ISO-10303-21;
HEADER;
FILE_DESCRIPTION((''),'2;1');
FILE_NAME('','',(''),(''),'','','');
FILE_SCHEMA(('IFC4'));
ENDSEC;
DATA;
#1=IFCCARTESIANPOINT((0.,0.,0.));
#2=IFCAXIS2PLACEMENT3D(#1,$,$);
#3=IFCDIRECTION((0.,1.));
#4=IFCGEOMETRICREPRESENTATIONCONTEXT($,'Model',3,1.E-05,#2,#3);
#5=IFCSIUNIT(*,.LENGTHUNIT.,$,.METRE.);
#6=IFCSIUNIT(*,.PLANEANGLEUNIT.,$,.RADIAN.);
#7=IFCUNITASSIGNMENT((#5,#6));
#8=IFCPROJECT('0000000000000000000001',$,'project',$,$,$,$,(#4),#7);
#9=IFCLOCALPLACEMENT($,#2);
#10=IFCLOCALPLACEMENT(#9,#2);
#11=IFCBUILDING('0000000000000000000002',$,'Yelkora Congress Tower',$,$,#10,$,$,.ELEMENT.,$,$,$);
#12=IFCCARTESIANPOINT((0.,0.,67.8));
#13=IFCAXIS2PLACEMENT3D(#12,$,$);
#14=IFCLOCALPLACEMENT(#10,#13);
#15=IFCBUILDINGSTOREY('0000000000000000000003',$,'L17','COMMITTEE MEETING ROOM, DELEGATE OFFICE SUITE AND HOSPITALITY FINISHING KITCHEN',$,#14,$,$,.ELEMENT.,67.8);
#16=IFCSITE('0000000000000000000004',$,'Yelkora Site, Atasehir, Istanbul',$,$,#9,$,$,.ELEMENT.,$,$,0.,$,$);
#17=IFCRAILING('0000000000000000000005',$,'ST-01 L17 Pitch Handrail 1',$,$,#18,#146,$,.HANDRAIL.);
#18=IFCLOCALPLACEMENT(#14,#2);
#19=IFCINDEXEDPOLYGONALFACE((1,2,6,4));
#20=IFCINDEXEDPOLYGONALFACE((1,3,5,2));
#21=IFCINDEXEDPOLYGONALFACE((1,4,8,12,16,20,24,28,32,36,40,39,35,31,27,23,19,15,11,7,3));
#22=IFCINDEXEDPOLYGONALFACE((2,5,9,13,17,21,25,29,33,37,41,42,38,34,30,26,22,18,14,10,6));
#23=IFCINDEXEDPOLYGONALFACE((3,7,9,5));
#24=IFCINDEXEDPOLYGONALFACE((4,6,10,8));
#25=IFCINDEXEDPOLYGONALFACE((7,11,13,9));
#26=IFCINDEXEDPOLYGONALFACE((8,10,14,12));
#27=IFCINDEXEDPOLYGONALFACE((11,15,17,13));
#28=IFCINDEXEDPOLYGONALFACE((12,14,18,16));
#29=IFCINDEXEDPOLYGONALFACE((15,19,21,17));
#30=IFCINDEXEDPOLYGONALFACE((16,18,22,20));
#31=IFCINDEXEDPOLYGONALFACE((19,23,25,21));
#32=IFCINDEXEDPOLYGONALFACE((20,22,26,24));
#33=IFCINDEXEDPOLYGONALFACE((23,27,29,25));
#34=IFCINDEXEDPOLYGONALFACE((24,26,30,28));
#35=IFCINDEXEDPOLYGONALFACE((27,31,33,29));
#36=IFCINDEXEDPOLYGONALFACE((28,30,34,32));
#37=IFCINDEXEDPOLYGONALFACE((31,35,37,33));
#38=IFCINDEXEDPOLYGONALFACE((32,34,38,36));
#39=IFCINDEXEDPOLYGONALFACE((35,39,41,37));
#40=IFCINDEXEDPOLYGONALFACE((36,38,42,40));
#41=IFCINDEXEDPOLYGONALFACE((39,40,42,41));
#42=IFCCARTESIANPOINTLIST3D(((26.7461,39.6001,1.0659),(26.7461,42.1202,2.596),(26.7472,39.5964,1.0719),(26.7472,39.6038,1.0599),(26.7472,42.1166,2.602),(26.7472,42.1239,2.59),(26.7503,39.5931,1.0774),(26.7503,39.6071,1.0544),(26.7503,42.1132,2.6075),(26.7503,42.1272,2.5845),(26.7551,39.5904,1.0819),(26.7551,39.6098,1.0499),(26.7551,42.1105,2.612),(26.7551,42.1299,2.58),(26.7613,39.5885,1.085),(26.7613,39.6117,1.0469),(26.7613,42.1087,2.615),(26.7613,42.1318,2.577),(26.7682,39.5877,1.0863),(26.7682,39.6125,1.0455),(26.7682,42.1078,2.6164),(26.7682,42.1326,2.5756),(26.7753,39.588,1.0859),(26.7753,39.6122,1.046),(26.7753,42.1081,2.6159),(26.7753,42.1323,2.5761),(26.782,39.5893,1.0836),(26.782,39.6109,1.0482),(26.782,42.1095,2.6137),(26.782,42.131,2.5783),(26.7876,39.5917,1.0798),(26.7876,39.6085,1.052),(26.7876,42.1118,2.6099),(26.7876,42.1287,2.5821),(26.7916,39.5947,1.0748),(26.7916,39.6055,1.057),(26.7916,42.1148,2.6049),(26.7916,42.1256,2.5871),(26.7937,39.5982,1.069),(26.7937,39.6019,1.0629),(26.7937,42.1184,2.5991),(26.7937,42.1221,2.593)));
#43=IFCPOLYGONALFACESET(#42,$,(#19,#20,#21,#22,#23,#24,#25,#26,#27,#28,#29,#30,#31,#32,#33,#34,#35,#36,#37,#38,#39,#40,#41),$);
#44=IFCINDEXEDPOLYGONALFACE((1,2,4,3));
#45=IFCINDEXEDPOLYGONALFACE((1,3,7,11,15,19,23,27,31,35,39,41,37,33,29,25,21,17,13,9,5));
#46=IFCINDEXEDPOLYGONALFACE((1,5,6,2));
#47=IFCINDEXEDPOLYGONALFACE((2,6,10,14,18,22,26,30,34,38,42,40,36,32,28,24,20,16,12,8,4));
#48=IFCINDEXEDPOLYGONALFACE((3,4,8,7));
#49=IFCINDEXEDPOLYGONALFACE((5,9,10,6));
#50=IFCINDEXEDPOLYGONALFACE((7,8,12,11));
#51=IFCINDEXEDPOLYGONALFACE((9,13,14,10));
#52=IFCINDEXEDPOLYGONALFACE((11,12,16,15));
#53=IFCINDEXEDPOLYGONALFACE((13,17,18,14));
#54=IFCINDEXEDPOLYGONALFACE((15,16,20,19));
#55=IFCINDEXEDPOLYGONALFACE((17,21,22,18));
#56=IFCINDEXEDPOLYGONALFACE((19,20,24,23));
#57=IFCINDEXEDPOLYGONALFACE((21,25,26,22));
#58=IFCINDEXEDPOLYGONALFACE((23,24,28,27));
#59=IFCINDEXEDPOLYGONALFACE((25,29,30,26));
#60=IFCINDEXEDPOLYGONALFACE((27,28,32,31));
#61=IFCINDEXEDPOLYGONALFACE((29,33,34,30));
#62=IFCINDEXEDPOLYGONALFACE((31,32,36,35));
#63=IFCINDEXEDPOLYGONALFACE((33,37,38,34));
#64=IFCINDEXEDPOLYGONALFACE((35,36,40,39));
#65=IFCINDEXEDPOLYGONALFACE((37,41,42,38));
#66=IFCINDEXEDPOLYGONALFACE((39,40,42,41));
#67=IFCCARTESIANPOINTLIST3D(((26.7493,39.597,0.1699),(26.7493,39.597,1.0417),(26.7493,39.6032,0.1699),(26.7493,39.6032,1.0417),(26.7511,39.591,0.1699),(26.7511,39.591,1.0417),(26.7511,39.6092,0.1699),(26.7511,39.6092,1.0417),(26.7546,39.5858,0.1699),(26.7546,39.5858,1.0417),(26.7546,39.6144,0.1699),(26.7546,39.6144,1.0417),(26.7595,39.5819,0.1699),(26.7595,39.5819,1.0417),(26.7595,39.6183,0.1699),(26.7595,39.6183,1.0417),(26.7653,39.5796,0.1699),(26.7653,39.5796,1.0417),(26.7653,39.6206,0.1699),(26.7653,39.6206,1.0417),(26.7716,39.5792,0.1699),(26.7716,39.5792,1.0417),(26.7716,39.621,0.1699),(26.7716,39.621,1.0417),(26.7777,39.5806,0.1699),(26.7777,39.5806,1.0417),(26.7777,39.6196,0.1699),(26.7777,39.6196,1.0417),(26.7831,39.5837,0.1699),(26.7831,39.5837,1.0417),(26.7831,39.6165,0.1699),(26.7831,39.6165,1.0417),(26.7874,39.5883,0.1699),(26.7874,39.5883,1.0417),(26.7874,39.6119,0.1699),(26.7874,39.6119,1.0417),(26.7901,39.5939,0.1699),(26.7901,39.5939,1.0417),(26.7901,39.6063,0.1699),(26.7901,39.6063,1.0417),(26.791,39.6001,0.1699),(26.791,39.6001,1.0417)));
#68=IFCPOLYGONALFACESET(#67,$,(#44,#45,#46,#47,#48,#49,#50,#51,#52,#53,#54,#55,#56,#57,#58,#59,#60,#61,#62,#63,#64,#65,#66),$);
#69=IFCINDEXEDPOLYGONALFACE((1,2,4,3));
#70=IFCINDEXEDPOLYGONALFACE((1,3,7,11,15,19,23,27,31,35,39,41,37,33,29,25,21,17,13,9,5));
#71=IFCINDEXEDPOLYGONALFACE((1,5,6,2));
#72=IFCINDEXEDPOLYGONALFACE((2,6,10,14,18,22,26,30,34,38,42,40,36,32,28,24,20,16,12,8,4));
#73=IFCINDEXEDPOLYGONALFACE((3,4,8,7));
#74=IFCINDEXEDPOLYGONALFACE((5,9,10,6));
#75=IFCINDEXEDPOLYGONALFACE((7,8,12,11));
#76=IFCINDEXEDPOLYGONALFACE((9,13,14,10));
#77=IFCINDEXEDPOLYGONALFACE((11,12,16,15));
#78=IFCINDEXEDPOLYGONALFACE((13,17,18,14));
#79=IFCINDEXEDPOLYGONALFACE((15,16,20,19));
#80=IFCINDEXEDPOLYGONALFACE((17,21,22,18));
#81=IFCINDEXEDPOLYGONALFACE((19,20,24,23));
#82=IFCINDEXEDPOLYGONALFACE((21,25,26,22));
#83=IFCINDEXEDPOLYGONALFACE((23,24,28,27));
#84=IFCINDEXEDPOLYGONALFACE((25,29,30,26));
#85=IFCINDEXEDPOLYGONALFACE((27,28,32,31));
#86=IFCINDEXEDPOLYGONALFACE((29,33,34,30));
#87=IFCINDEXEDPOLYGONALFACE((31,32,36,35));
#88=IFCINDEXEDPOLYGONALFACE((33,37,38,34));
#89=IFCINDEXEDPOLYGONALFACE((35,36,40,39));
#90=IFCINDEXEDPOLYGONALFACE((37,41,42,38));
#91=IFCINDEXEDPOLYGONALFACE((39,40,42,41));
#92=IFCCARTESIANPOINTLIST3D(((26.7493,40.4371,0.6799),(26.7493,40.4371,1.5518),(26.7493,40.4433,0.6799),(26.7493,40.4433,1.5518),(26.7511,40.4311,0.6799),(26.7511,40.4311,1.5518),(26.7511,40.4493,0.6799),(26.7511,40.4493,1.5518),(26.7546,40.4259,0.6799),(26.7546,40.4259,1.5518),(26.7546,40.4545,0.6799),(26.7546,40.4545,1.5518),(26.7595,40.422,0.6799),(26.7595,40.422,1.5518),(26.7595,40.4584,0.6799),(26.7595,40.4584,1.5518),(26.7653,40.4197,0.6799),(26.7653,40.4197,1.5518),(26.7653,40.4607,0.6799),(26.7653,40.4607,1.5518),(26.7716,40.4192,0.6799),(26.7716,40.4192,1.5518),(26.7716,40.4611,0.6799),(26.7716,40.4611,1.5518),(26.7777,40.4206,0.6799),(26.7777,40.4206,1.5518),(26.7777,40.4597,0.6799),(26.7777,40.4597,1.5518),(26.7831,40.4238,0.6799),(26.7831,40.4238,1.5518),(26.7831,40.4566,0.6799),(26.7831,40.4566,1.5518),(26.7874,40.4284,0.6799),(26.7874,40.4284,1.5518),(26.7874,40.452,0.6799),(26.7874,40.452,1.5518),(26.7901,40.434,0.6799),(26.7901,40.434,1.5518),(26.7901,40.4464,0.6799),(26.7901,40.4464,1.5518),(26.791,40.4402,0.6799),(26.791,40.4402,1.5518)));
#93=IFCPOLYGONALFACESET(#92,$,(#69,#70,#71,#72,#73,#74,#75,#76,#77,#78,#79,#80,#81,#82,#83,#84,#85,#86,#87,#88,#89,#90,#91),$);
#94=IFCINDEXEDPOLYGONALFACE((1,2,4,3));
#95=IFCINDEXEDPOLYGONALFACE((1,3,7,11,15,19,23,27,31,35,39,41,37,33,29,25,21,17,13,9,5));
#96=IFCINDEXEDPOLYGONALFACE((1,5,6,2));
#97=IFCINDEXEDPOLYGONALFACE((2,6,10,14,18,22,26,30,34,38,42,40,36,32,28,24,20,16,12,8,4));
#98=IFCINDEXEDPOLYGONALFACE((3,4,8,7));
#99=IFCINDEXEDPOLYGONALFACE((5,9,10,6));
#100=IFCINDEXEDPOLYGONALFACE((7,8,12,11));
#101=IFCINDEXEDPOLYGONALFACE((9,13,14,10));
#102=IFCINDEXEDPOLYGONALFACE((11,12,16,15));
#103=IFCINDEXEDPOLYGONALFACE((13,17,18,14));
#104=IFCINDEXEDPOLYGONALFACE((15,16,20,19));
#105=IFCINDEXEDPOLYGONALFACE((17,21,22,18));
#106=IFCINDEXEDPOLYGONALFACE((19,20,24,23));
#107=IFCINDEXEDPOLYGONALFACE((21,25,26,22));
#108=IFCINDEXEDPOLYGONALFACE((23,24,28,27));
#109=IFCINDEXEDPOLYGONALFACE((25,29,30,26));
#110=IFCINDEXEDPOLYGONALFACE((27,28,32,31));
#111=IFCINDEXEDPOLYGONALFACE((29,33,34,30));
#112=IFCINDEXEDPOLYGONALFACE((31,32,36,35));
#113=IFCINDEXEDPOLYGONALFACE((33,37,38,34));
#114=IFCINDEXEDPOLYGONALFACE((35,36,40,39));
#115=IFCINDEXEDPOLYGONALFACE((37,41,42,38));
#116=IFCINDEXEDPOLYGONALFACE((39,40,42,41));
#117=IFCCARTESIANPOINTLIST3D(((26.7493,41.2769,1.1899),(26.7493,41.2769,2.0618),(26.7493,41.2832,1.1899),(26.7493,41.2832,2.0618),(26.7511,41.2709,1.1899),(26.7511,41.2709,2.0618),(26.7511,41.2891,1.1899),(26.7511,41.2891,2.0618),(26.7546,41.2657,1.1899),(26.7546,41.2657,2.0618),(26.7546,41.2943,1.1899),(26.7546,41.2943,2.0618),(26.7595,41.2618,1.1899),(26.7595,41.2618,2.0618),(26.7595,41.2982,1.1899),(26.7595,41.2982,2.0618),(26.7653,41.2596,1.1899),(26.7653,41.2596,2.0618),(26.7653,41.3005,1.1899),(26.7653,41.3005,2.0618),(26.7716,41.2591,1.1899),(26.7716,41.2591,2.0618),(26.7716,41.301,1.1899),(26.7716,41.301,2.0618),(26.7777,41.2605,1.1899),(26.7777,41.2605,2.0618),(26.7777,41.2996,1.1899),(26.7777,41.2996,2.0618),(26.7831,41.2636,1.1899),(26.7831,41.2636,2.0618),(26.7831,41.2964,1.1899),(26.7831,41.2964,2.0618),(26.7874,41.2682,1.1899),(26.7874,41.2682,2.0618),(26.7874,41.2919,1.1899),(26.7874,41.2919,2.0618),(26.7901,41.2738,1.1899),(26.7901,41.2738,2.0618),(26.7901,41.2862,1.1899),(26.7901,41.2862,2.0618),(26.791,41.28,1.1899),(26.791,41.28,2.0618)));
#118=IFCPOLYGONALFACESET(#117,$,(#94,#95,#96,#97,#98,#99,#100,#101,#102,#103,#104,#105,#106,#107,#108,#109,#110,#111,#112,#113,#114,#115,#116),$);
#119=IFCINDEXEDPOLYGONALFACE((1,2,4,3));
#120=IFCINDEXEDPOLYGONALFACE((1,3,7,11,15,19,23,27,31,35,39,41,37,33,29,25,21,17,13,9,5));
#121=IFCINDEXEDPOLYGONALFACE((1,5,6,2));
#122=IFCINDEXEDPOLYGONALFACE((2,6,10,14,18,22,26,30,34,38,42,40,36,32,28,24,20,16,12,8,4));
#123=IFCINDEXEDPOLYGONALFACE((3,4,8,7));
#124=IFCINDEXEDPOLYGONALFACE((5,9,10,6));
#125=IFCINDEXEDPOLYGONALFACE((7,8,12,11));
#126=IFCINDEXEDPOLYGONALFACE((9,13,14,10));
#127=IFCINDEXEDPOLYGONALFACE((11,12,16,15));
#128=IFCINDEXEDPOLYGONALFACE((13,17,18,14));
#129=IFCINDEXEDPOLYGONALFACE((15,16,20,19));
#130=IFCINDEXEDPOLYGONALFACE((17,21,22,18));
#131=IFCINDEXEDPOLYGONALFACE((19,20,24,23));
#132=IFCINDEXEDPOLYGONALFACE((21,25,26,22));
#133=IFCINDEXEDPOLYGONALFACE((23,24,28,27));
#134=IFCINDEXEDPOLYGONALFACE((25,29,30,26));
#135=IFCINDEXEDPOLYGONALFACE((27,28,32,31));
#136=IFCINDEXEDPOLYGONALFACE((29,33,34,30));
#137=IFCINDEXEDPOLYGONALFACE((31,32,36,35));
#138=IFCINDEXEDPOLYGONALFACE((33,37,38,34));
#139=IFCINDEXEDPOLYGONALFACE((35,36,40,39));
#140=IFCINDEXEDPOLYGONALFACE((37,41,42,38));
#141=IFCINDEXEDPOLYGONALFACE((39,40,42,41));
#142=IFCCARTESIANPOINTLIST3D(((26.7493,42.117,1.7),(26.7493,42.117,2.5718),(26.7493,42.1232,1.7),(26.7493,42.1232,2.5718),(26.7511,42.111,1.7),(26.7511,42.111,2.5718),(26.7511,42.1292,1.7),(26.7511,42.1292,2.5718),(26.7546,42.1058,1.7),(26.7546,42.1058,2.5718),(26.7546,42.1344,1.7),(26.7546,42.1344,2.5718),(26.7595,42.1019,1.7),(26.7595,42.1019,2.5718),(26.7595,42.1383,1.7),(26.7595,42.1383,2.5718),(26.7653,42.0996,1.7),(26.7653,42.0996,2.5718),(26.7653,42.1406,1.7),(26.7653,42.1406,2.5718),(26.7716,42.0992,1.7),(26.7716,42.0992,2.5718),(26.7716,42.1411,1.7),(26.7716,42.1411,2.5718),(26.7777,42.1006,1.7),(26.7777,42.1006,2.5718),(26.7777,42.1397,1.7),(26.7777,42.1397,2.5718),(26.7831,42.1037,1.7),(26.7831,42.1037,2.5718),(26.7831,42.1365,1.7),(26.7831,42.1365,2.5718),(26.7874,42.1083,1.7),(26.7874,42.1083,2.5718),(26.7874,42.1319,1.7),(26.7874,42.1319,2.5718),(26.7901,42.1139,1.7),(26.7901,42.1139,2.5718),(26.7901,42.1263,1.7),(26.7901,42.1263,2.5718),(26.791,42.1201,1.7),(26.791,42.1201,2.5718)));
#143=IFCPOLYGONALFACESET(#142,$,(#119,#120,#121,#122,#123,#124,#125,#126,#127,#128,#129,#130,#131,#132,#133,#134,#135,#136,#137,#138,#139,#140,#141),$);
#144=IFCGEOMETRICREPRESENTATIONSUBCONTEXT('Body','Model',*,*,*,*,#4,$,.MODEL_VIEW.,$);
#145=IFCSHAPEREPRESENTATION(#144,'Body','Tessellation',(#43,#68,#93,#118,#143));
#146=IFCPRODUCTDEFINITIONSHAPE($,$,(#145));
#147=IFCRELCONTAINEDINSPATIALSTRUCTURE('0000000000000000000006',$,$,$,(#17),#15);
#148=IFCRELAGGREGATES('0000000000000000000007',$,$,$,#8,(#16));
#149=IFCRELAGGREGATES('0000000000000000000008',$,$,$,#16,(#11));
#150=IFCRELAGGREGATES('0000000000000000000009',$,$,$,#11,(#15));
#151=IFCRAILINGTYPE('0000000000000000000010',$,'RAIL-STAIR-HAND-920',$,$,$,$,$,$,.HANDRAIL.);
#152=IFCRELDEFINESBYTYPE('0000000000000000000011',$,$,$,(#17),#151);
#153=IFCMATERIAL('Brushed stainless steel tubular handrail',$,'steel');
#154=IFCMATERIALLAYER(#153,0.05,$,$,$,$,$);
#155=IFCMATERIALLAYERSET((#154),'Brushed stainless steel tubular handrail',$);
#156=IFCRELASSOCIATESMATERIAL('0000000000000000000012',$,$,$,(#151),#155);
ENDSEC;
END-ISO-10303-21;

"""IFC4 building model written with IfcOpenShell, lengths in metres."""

from ifc_helpers import new_model, si_unit, direction, frame, origin, origin_2d, place, context, subcontext, project, spatial, circle, extrude, material, layer, layer_set, type_object, element, save


model = new_model("IFC4")

# Units and contexts
model_context = context("Model", 3, precision=1e-05, world=origin(), true_north=direction((0.0, 1.0)))
body_context = subcontext(model_context, "Body", "Model", "MODEL_VIEW")
ifc_project = project(units=[si_unit("LENGTHUNIT", "METRE"), si_unit("PLANEANGLEUNIT", "RADIAN")], contexts=[model_context])

# Site, building, storey
site_placement = place(None, origin())
site = spatial("IfcSite", under=ifc_project, at=site_placement, Name="Yelkora Site, Atasehir, Istanbul", CompositionType="ELEMENT", RefElevation=0.0)
building_placement = place(site_placement, origin())
building = spatial("IfcBuilding", under=site, at=building_placement, Name="Yelkora Congress Tower", CompositionType="ELEMENT")
storey_placement = place(building_placement, frame((0.0, 0.0, 67.8)))
storey = spatial("IfcBuildingStorey", under=building, at=storey_placement, Name="L17", Description="COMMITTEE MEETING ROOM, DELEGATE OFFICE SUITE AND HOSPITALITY FINISHING KITCHEN", CompositionType="ELEMENT", Elevation=67.8)

# Railing
ifc_material_1 = material(Name="Brushed stainless steel tubular handrail", Category="steel")
ifc_layer_1 = layer(ifc_material_1, 0.05)
ifc_layer_set_1 = layer_set([ifc_layer_1], Name="Brushed stainless steel tubular handrail")
railing_type_1 = type_object("IfcRailingType", Name="RAIL-STAIR-HAND-920", PredefinedType="HANDRAIL", material=ifc_layer_set_1)
railing_1_placement = place(storey_placement, frame((26.77, 39.6001, 0.1699)))
element("IfcRailing", 1, at=railing_1_placement, inside=storey, type_object=railing_type_1, Name="ST-01 L17 Pitch Handrail 1", PredefinedType="HANDRAIL", context=body_context, shape_type="SweptSolid", body=[
    extrude(circle(Radius=0.0239, at=origin_2d()), frame((0.0, 0.0, 0.896), z_axis=(0.0, 0.854785, 0.518982), x_axis=(-1.0, 0.0, 0.0)), (0.0, 0.0, 1.0), 2.9482),
    extrude(circle(Radius=0.021, at=origin_2d()), origin(), (0.0, 0.0, 1.0), 0.8718),
    extrude(circle(Radius=0.021, at=origin_2d()), frame((0.0, 0.8401, 0.51)), (0.0, 0.0, 1.0), 0.8718),
    extrude(circle(Radius=0.021, at=origin_2d()), frame((0.0, 1.6799, 1.02)), (0.0, 0.0, 1.0), 0.8718),
    extrude(circle(Radius=0.021, at=origin_2d()), frame((0.0, 2.52, 1.53)), (0.0, 0.0, 1.0), 0.8718),
])

save(model, "model.ifc")
